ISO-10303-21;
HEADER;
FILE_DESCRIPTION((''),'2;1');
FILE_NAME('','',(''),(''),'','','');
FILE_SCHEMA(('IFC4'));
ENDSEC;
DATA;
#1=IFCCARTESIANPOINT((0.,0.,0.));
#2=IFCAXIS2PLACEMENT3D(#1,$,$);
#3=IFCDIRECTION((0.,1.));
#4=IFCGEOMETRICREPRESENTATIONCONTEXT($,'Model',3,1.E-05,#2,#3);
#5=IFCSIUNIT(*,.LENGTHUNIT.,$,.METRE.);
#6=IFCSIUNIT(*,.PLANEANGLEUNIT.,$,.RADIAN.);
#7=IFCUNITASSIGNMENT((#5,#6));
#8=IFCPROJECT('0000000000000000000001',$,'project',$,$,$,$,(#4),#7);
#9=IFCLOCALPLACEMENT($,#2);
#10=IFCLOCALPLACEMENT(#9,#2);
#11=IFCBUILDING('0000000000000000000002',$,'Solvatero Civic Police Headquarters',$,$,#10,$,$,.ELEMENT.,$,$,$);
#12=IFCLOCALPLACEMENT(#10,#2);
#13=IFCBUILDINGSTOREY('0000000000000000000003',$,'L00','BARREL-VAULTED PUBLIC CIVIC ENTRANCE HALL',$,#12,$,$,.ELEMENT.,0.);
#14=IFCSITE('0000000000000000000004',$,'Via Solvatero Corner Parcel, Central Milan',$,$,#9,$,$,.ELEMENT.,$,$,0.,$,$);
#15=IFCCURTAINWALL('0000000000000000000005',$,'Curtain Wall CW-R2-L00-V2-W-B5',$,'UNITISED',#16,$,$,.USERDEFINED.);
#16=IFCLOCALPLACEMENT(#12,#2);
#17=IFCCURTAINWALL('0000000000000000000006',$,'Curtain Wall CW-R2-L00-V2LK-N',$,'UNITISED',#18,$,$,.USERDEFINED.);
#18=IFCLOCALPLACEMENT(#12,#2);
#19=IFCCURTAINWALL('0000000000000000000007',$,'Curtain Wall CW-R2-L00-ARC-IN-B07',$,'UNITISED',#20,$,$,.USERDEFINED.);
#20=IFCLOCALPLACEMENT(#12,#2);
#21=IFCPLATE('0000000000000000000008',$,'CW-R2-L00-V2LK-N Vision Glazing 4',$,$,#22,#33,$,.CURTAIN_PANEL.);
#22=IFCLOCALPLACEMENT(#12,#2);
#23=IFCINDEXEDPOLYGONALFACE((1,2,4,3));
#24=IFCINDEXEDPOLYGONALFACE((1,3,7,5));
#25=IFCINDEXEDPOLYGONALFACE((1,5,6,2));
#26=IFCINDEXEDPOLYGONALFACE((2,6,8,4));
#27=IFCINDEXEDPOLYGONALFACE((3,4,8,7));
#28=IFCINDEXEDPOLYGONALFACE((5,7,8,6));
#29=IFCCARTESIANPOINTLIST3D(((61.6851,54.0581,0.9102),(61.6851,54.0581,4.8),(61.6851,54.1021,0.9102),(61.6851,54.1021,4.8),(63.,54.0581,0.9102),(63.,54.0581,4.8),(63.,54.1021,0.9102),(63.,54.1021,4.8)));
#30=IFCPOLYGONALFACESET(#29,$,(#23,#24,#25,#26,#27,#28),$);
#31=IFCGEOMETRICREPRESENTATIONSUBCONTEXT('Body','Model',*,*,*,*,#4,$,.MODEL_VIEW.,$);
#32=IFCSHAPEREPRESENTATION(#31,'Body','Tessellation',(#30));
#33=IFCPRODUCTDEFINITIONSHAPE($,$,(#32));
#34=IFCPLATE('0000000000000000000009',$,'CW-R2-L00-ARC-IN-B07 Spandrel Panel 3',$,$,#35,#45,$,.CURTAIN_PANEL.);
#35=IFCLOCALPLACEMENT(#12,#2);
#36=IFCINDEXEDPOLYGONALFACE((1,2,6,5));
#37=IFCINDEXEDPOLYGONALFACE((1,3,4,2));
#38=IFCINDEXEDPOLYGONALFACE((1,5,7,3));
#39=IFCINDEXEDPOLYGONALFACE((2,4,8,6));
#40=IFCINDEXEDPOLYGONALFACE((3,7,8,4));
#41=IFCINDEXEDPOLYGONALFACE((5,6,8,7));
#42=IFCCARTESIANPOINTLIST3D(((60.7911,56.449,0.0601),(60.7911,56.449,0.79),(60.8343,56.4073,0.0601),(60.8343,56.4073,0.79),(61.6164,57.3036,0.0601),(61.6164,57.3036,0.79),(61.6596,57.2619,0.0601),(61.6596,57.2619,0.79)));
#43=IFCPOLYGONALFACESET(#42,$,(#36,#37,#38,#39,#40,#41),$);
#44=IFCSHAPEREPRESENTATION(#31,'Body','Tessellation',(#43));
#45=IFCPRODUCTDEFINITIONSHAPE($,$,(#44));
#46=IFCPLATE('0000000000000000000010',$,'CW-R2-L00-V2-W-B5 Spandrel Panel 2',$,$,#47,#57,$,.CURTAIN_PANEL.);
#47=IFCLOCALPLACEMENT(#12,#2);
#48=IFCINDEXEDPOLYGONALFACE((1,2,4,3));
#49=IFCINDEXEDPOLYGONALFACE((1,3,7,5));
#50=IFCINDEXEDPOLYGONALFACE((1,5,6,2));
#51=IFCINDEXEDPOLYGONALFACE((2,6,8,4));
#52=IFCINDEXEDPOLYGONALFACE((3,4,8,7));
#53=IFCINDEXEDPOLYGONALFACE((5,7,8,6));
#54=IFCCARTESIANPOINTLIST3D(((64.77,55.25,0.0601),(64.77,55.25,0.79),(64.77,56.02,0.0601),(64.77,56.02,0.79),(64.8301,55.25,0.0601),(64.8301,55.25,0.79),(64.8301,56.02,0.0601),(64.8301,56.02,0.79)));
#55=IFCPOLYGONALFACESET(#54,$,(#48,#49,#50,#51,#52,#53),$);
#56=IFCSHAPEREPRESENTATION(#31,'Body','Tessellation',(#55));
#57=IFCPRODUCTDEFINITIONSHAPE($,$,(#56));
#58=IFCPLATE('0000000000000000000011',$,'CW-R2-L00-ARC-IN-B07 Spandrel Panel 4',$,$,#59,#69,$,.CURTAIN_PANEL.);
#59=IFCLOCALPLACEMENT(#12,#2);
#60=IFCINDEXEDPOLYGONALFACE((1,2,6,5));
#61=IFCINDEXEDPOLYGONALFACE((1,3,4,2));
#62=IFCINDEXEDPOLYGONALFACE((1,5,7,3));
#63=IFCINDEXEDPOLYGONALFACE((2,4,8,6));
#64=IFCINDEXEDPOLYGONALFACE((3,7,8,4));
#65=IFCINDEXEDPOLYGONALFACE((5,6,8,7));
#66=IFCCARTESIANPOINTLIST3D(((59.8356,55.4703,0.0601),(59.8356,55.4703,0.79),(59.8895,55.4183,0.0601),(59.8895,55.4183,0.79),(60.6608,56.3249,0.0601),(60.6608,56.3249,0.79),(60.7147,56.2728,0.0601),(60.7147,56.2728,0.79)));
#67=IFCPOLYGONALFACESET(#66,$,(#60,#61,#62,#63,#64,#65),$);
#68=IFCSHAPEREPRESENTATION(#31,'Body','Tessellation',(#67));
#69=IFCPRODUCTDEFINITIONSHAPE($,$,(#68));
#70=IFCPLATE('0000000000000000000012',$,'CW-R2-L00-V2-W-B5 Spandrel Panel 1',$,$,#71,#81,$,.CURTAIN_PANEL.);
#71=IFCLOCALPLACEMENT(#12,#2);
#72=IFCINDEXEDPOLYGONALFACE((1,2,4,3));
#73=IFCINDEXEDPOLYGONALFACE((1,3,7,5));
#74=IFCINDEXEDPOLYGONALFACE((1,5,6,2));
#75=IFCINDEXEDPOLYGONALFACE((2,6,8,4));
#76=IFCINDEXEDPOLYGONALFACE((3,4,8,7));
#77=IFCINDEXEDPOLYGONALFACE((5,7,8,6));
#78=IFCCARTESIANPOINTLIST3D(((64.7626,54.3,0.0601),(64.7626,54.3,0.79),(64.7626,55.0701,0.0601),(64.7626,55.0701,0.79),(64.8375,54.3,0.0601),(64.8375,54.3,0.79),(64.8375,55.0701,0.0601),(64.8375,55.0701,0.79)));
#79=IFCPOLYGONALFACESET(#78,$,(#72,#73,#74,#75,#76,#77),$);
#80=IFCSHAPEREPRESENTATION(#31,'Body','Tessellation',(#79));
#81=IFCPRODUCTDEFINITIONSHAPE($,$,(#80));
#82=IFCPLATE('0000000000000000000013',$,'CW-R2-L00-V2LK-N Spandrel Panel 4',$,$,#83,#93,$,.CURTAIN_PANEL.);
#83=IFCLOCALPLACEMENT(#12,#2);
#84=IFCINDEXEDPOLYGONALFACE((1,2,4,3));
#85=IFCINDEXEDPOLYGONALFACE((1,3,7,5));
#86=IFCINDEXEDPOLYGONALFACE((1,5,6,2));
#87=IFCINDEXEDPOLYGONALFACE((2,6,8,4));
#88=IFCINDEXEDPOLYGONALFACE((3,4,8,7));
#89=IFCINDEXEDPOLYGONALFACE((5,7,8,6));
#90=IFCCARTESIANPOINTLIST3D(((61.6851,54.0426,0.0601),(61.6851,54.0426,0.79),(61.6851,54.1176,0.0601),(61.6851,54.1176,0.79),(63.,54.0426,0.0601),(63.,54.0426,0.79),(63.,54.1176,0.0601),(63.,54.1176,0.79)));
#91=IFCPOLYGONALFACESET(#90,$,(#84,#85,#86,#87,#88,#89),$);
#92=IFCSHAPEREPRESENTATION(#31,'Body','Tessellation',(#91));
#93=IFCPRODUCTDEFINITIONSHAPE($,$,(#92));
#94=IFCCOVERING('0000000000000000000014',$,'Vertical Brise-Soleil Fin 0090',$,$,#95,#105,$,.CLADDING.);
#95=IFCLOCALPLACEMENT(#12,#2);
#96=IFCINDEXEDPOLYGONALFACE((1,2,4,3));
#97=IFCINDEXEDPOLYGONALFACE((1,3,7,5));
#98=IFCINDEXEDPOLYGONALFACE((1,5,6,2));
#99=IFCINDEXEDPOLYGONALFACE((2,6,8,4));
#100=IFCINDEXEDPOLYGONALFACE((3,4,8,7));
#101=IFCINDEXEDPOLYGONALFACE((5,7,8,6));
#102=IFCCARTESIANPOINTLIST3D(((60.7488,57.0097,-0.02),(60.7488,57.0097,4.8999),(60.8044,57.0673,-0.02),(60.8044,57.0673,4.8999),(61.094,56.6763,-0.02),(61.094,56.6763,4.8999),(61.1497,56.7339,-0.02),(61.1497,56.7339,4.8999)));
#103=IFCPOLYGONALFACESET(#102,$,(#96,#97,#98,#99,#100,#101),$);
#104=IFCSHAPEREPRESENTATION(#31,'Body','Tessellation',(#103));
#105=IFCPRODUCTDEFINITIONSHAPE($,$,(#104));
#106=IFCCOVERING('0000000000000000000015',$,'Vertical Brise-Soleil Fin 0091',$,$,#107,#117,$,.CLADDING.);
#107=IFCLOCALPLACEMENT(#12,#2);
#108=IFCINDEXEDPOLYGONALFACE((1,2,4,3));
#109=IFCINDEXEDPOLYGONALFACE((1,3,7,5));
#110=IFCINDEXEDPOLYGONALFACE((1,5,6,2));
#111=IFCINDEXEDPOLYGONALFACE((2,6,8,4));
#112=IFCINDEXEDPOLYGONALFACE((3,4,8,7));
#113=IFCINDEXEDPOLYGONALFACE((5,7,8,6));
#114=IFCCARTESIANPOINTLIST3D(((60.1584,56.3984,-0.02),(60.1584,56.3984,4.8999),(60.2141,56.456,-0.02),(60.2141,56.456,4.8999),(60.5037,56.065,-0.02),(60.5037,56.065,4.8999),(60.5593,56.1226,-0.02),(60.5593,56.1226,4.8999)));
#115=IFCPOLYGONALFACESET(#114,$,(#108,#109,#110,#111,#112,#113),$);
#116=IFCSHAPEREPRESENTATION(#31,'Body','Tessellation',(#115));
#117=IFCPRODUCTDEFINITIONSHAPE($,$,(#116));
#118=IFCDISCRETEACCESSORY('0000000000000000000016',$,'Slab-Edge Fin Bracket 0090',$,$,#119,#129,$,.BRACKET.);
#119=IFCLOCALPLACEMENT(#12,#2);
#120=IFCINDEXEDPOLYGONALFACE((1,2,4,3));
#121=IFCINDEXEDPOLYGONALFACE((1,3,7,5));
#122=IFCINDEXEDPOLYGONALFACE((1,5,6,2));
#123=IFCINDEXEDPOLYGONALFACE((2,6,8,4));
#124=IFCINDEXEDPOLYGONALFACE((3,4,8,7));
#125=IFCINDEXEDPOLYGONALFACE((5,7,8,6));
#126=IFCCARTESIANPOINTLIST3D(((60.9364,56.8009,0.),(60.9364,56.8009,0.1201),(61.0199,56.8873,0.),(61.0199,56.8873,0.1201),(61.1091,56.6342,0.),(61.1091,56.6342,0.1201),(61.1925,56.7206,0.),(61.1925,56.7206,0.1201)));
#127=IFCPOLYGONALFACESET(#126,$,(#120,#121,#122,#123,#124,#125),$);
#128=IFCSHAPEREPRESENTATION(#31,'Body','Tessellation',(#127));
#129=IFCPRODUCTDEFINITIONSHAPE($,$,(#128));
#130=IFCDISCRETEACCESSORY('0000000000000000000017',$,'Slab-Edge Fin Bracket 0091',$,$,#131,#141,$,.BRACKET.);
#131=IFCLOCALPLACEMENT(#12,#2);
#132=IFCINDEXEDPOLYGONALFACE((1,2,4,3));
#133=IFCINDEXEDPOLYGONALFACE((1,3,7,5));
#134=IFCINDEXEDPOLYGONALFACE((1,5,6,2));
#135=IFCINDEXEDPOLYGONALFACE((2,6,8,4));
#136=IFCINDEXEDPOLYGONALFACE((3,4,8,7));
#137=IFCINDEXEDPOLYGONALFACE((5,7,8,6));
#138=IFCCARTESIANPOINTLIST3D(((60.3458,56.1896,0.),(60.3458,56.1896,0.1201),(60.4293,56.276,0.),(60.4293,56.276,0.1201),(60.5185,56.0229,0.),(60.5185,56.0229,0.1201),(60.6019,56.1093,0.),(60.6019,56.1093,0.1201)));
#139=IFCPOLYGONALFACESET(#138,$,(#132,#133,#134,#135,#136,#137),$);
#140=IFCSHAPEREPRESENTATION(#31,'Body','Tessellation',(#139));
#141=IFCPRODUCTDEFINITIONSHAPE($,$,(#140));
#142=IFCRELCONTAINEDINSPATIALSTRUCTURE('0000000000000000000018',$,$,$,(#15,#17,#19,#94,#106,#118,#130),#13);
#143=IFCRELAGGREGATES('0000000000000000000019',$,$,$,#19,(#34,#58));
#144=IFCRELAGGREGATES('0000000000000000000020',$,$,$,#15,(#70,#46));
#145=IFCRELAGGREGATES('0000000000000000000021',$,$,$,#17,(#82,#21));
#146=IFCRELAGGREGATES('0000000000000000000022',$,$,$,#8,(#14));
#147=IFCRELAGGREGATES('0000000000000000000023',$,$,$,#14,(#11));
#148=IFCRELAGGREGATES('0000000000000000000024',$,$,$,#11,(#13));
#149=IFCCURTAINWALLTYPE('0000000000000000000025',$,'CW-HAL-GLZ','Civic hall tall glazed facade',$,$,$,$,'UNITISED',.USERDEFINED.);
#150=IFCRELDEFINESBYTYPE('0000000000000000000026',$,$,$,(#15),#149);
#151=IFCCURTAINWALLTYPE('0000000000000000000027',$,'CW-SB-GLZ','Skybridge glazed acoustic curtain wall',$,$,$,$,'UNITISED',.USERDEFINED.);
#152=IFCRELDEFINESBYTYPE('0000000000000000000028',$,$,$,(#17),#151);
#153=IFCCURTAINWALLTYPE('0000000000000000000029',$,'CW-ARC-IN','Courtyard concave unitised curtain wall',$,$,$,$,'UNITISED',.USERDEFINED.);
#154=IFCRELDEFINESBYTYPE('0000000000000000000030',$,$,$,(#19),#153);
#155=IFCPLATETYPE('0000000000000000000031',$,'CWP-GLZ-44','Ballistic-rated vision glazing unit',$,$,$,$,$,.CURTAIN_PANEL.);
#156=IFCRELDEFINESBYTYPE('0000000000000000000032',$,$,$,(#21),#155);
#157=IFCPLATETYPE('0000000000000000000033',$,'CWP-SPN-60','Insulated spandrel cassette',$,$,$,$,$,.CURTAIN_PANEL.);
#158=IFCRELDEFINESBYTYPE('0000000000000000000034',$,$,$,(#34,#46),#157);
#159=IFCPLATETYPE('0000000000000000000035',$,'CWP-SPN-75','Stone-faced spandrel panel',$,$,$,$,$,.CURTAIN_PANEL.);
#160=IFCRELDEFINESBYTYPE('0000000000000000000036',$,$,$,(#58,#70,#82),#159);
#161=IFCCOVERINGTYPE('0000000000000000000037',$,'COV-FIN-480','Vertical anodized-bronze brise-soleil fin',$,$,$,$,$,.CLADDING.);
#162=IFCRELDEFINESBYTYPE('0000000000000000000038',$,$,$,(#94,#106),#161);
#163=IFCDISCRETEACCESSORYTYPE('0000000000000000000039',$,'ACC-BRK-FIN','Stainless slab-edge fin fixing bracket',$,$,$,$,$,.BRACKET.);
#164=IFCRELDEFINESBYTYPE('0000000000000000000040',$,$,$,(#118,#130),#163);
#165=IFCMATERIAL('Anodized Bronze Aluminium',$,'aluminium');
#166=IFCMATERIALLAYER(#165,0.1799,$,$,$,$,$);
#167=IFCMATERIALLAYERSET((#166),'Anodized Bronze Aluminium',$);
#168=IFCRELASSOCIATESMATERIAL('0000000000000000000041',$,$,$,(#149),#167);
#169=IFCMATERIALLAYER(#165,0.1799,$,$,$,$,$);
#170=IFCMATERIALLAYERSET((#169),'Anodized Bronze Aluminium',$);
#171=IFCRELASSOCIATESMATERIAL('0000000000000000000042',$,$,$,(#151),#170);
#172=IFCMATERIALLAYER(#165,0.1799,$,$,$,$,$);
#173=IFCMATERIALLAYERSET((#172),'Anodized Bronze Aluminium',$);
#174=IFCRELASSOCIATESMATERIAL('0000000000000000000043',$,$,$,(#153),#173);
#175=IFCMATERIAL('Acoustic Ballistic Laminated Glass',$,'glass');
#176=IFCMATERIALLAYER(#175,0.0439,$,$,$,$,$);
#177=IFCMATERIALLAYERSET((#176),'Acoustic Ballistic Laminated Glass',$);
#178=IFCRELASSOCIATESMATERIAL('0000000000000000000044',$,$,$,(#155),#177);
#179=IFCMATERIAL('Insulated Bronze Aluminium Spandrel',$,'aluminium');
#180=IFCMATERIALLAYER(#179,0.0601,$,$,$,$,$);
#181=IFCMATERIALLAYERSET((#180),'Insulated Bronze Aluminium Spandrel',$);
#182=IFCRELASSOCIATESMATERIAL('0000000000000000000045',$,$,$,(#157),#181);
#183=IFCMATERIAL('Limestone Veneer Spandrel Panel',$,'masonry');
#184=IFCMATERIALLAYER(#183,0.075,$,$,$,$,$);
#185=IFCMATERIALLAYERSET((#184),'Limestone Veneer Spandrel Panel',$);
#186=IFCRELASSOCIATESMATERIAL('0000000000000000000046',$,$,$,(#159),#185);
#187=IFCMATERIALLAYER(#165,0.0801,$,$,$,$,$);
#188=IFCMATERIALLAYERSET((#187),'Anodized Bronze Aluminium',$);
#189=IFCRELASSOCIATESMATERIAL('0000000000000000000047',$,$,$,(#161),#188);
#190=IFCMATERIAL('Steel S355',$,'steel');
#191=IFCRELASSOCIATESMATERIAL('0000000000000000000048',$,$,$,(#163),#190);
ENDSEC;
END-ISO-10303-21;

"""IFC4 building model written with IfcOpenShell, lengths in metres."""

from ifc_helpers import new_model, si_unit, direction, frame, origin, origin_2d, place, context, subcontext, project, spatial, rectangle, extrude, material, layer, layer_set, type_object, element, aggregate, save


model = new_model("IFC4")

# Units and contexts
model_context = context("Model", 3, precision=1e-05, world=origin(), true_north=direction((0.0, 1.0)))
body_context = subcontext(model_context, "Body", "Model", "MODEL_VIEW")
ifc_project = project(units=[si_unit("LENGTHUNIT", "METRE"), si_unit("PLANEANGLEUNIT", "RADIAN")], contexts=[model_context])

# Site, building, storey
site_placement = place(None, origin())
site = spatial("IfcSite", under=ifc_project, at=site_placement, Name="Via Solvatero Corner Parcel, Central Milan", CompositionType="ELEMENT", RefElevation=0.0)
building_placement = place(site_placement, origin())
building = spatial("IfcBuilding", under=site, at=building_placement, Name="Solvatero Civic Police Headquarters", CompositionType="ELEMENT")
storey_placement = place(building_placement, origin())
storey = spatial("IfcBuildingStorey", under=building, at=storey_placement, Name="L00", Description="BARREL-VAULTED PUBLIC CIVIC ENTRANCE HALL", CompositionType="ELEMENT", Elevation=0.0)

# Shared definitions
ifc_material_1 = material(Name="Steel S355", Category="steel")

# Curtain walls
ifc_material_2 = material(Name="Anodized Bronze Aluminium", Category="aluminium")
ifc_layer_1 = layer(ifc_material_2, 0.1799)
ifc_layer_set_1 = layer_set([ifc_layer_1], Name="Anodized Bronze Aluminium")
curtain_wall_type_1 = type_object("IfcCurtainWallType", Name="CW-HAL-GLZ", Description="Civic hall tall glazed facade", ElementType="UNITISED", PredefinedType="USERDEFINED", material=ifc_layer_set_1)
curtain_wall_1_placement = place(storey_placement, origin())
curtain_wall_1 = element("IfcCurtainWall", 1, at=curtain_wall_1_placement, inside=storey, type_object=curtain_wall_type_1, Name="Curtain Wall CW-R2-L00-V2-W-B5", ObjectType="UNITISED", PredefinedType="USERDEFINED")
ifc_layer_2 = layer(ifc_material_2, 0.1799)
ifc_layer_set_2 = layer_set([ifc_layer_2], Name="Anodized Bronze Aluminium")
curtain_wall_type_2 = type_object("IfcCurtainWallType", Name="CW-SB-GLZ", Description="Skybridge glazed acoustic curtain wall", ElementType="UNITISED", PredefinedType="USERDEFINED", material=ifc_layer_set_2)
curtain_wall_2_placement = place(storey_placement, origin())
curtain_wall_2 = element("IfcCurtainWall", 2, at=curtain_wall_2_placement, inside=storey, type_object=curtain_wall_type_2, Name="Curtain Wall CW-R2-L00-V2LK-N", ObjectType="UNITISED", PredefinedType="USERDEFINED")
ifc_layer_3 = layer(ifc_material_2, 0.1799)
ifc_layer_set_3 = layer_set([ifc_layer_3], Name="Anodized Bronze Aluminium")
curtain_wall_type_3 = type_object("IfcCurtainWallType", Name="CW-ARC-IN", Description="Courtyard concave unitised curtain wall", ElementType="UNITISED", PredefinedType="USERDEFINED", material=ifc_layer_set_3)
curtain_wall_3_placement = place(storey_placement, origin())
curtain_wall_3 = element("IfcCurtainWall", 3, at=curtain_wall_3_placement, inside=storey, type_object=curtain_wall_type_3, Name="Curtain Wall CW-R2-L00-ARC-IN-B07", ObjectType="UNITISED", PredefinedType="USERDEFINED")

# Plates
ifc_material_3 = material(Name="Acoustic Ballistic Laminated Glass", Category="glass")
ifc_layer_4 = layer(ifc_material_3, 0.0439)
ifc_layer_set_4 = layer_set([ifc_layer_4], Name="Acoustic Ballistic Laminated Glass")
plate_type_1 = type_object("IfcPlateType", Name="CWP-GLZ-44", Description="Ballistic-rated vision glazing unit", PredefinedType="CURTAIN_PANEL", material=ifc_layer_set_4)
plate_1_placement = place(storey_placement, frame((62.3425, 54.0801, 0.9102), z_axis=(0.0, 0.0, 1.0), x_axis=(1.0, 0.0, 0.0)))
plate_1 = element("IfcPlate", 4, at=plate_1_placement, type_object=plate_type_1, Name="CW-R2-L00-V2LK-N Vision Glazing 4", PredefinedType="CURTAIN_PANEL", context=body_context, shape_type="SweptSolid", body=[
    extrude(rectangle(XDim=1.3149, YDim=0.0439, at=origin_2d()), origin(), (0.0, 0.0, 1.0), 3.8899),
])
ifc_material_4 = material(Name="Insulated Bronze Aluminium Spandrel", Category="aluminium")
ifc_layer_5 = layer(ifc_material_4, 0.0601)
ifc_layer_set_5 = layer_set([ifc_layer_5], Name="Insulated Bronze Aluminium Spandrel")
plate_type_2 = type_object("IfcPlateType", Name="CWP-SPN-60", Description="Insulated spandrel cassette", PredefinedType="CURTAIN_PANEL", material=ifc_layer_set_5)
plate_2_placement = place(storey_placement, frame((61.2253, 56.8555, 0.0601), z_axis=(0.0, 0.0, 1.0), x_axis=(-0.694658, -0.71934, 0.0)))
plate_2 = element("IfcPlate", 5, at=plate_2_placement, type_object=plate_type_2, Name="CW-R2-L00-ARC-IN-B07 Spandrel Panel 3", PredefinedType="CURTAIN_PANEL", context=body_context, shape_type="SweptSolid", body=[
    extrude(rectangle(XDim=1.188, YDim=0.0601, at=origin_2d()), origin(), (0.0, 0.0, 1.0), 0.73),
])
plate_3_placement = place(storey_placement, frame((64.8, 55.635, 0.0601), z_axis=(0.0, 0.0, 1.0), x_axis=(0.0, 1.0, 0.0)))
plate_3 = element("IfcPlate", 6, at=plate_3_placement, type_object=plate_type_2, Name="CW-R2-L00-V2-W-B5 Spandrel Panel 2", PredefinedType="CURTAIN_PANEL", context=body_context, shape_type="SweptSolid", body=[
    extrude(rectangle(XDim=0.77, YDim=0.0601, at=origin_2d()), origin(), (0.0, 0.0, 1.0), 0.73),
])
ifc_material_5 = material(Name="Limestone Veneer Spandrel Panel", Category="masonry")
ifc_layer_6 = layer(ifc_material_5, 0.075)
ifc_layer_set_6 = layer_set([ifc_layer_6], Name="Limestone Veneer Spandrel Panel")
plate_type_3 = type_object("IfcPlateType", Name="CWP-SPN-75", Description="Stone-faced spandrel panel", PredefinedType="CURTAIN_PANEL", material=ifc_layer_set_6)
plate_4_placement = place(storey_placement, frame((60.2751, 55.8716, 0.0601), z_axis=(0.0, 0.0, 1.0), x_axis=(-0.694658, -0.71934, 0.0)))
plate_4 = element("IfcPlate", 7, at=plate_4_placement, type_object=plate_type_3, Name="CW-R2-L00-ARC-IN-B07 Spandrel Panel 4", PredefinedType="CURTAIN_PANEL", context=body_context, shape_type="SweptSolid", body=[
    extrude(rectangle(XDim=1.188, YDim=0.075, at=origin_2d()), origin(), (0.0, 0.0, 1.0), 0.73),
])
aggregate(curtain_wall_3, [plate_2, plate_4])
plate_5_placement = place(storey_placement, frame((64.8, 54.6851, 0.0601), z_axis=(0.0, 0.0, 1.0), x_axis=(0.0, 1.0, 0.0)))
plate_5 = element("IfcPlate", 8, at=plate_5_placement, type_object=plate_type_3, Name="CW-R2-L00-V2-W-B5 Spandrel Panel 1", PredefinedType="CURTAIN_PANEL", context=body_context, shape_type="SweptSolid", body=[
    extrude(rectangle(XDim=0.77, YDim=0.075, at=origin_2d()), origin(), (0.0, 0.0, 1.0), 0.73),
])
aggregate(curtain_wall_1, [plate_5, plate_3])
plate_6_placement = place(storey_placement, frame((62.3425, 54.0801, 0.0601), z_axis=(0.0, 0.0, 1.0), x_axis=(1.0, 0.0, 0.0)))
plate_6 = element("IfcPlate", 9, at=plate_6_placement, type_object=plate_type_3, Name="CW-R2-L00-V2LK-N Spandrel Panel 4", PredefinedType="CURTAIN_PANEL", context=body_context, shape_type="SweptSolid", body=[
    extrude(rectangle(XDim=1.3149, YDim=0.075, at=origin_2d()), origin(), (0.0, 0.0, 1.0), 0.73),
])
aggregate(curtain_wall_2, [plate_6, plate_1])

# Coverings
ifc_layer_7 = layer(ifc_material_2, 0.0801)
ifc_layer_set_7 = layer_set([ifc_layer_7], Name="Anodized Bronze Aluminium")
covering_type = type_object("IfcCoveringType", Name="COV-FIN-480", Description="Vertical anodized-bronze brise-soleil fin", PredefinedType="CLADDING", material=ifc_layer_set_7)
for number, where, z_axis, x_axis, name in (
    (10, (60.9492, 56.8718, -0.02), (0.0, 0.0, 1.0), (-0.694658, -0.71934, 0.0), "Vertical Brise-Soleil Fin 0090"),
    (11, (60.3589, 56.2605, -0.02), (0.0, 0.0, 1.0), (-0.694658, -0.71934, 0.0), "Vertical Brise-Soleil Fin 0091"),
):
    element("IfcCovering", number, at=place(storey_placement, frame(where, z_axis=z_axis, x_axis=x_axis)), inside=storey, type_object=covering_type, Name=name, PredefinedType="CLADDING", context=body_context, shape_type="SweptSolid", body=[
        extrude(rectangle(XDim=0.0801, YDim=0.48, at=origin_2d()), origin(), (0.0, 0.0, 1.0), 4.9199),
    ])

# Discrete accessories
discrete_accessory_type = type_object("IfcDiscreteAccessoryType", Name="ACC-BRK-FIN", Description="Stainless slab-edge fin fixing bracket", PredefinedType="BRACKET", material=ifc_material_1)
for number, where, z_axis, x_axis, name in (
    (12, (61.0645, 56.7607, 0.0), (0.0, 0.0, 1.0), (-0.694658, -0.71934, 0.0), "Slab-Edge Fin Bracket 0090"),
    (13, (60.4739, 56.1494, 0.0), (0.0, 0.0, 1.0), (-0.694658, -0.71934, 0.0), "Slab-Edge Fin Bracket 0091"),
):
    element("IfcDiscreteAccessory", number, at=place(storey_placement, frame(where, z_axis=z_axis, x_axis=x_axis)), inside=storey, type_object=discrete_accessory_type, Name=name, PredefinedType="BRACKET", context=body_context, shape_type="SweptSolid", body=[
        extrude(rectangle(XDim=0.1201, YDim=0.24, at=origin_2d()), origin(), (0.0, 0.0, 1.0), 0.1201),
    ])

save(model, "model.ifc")
